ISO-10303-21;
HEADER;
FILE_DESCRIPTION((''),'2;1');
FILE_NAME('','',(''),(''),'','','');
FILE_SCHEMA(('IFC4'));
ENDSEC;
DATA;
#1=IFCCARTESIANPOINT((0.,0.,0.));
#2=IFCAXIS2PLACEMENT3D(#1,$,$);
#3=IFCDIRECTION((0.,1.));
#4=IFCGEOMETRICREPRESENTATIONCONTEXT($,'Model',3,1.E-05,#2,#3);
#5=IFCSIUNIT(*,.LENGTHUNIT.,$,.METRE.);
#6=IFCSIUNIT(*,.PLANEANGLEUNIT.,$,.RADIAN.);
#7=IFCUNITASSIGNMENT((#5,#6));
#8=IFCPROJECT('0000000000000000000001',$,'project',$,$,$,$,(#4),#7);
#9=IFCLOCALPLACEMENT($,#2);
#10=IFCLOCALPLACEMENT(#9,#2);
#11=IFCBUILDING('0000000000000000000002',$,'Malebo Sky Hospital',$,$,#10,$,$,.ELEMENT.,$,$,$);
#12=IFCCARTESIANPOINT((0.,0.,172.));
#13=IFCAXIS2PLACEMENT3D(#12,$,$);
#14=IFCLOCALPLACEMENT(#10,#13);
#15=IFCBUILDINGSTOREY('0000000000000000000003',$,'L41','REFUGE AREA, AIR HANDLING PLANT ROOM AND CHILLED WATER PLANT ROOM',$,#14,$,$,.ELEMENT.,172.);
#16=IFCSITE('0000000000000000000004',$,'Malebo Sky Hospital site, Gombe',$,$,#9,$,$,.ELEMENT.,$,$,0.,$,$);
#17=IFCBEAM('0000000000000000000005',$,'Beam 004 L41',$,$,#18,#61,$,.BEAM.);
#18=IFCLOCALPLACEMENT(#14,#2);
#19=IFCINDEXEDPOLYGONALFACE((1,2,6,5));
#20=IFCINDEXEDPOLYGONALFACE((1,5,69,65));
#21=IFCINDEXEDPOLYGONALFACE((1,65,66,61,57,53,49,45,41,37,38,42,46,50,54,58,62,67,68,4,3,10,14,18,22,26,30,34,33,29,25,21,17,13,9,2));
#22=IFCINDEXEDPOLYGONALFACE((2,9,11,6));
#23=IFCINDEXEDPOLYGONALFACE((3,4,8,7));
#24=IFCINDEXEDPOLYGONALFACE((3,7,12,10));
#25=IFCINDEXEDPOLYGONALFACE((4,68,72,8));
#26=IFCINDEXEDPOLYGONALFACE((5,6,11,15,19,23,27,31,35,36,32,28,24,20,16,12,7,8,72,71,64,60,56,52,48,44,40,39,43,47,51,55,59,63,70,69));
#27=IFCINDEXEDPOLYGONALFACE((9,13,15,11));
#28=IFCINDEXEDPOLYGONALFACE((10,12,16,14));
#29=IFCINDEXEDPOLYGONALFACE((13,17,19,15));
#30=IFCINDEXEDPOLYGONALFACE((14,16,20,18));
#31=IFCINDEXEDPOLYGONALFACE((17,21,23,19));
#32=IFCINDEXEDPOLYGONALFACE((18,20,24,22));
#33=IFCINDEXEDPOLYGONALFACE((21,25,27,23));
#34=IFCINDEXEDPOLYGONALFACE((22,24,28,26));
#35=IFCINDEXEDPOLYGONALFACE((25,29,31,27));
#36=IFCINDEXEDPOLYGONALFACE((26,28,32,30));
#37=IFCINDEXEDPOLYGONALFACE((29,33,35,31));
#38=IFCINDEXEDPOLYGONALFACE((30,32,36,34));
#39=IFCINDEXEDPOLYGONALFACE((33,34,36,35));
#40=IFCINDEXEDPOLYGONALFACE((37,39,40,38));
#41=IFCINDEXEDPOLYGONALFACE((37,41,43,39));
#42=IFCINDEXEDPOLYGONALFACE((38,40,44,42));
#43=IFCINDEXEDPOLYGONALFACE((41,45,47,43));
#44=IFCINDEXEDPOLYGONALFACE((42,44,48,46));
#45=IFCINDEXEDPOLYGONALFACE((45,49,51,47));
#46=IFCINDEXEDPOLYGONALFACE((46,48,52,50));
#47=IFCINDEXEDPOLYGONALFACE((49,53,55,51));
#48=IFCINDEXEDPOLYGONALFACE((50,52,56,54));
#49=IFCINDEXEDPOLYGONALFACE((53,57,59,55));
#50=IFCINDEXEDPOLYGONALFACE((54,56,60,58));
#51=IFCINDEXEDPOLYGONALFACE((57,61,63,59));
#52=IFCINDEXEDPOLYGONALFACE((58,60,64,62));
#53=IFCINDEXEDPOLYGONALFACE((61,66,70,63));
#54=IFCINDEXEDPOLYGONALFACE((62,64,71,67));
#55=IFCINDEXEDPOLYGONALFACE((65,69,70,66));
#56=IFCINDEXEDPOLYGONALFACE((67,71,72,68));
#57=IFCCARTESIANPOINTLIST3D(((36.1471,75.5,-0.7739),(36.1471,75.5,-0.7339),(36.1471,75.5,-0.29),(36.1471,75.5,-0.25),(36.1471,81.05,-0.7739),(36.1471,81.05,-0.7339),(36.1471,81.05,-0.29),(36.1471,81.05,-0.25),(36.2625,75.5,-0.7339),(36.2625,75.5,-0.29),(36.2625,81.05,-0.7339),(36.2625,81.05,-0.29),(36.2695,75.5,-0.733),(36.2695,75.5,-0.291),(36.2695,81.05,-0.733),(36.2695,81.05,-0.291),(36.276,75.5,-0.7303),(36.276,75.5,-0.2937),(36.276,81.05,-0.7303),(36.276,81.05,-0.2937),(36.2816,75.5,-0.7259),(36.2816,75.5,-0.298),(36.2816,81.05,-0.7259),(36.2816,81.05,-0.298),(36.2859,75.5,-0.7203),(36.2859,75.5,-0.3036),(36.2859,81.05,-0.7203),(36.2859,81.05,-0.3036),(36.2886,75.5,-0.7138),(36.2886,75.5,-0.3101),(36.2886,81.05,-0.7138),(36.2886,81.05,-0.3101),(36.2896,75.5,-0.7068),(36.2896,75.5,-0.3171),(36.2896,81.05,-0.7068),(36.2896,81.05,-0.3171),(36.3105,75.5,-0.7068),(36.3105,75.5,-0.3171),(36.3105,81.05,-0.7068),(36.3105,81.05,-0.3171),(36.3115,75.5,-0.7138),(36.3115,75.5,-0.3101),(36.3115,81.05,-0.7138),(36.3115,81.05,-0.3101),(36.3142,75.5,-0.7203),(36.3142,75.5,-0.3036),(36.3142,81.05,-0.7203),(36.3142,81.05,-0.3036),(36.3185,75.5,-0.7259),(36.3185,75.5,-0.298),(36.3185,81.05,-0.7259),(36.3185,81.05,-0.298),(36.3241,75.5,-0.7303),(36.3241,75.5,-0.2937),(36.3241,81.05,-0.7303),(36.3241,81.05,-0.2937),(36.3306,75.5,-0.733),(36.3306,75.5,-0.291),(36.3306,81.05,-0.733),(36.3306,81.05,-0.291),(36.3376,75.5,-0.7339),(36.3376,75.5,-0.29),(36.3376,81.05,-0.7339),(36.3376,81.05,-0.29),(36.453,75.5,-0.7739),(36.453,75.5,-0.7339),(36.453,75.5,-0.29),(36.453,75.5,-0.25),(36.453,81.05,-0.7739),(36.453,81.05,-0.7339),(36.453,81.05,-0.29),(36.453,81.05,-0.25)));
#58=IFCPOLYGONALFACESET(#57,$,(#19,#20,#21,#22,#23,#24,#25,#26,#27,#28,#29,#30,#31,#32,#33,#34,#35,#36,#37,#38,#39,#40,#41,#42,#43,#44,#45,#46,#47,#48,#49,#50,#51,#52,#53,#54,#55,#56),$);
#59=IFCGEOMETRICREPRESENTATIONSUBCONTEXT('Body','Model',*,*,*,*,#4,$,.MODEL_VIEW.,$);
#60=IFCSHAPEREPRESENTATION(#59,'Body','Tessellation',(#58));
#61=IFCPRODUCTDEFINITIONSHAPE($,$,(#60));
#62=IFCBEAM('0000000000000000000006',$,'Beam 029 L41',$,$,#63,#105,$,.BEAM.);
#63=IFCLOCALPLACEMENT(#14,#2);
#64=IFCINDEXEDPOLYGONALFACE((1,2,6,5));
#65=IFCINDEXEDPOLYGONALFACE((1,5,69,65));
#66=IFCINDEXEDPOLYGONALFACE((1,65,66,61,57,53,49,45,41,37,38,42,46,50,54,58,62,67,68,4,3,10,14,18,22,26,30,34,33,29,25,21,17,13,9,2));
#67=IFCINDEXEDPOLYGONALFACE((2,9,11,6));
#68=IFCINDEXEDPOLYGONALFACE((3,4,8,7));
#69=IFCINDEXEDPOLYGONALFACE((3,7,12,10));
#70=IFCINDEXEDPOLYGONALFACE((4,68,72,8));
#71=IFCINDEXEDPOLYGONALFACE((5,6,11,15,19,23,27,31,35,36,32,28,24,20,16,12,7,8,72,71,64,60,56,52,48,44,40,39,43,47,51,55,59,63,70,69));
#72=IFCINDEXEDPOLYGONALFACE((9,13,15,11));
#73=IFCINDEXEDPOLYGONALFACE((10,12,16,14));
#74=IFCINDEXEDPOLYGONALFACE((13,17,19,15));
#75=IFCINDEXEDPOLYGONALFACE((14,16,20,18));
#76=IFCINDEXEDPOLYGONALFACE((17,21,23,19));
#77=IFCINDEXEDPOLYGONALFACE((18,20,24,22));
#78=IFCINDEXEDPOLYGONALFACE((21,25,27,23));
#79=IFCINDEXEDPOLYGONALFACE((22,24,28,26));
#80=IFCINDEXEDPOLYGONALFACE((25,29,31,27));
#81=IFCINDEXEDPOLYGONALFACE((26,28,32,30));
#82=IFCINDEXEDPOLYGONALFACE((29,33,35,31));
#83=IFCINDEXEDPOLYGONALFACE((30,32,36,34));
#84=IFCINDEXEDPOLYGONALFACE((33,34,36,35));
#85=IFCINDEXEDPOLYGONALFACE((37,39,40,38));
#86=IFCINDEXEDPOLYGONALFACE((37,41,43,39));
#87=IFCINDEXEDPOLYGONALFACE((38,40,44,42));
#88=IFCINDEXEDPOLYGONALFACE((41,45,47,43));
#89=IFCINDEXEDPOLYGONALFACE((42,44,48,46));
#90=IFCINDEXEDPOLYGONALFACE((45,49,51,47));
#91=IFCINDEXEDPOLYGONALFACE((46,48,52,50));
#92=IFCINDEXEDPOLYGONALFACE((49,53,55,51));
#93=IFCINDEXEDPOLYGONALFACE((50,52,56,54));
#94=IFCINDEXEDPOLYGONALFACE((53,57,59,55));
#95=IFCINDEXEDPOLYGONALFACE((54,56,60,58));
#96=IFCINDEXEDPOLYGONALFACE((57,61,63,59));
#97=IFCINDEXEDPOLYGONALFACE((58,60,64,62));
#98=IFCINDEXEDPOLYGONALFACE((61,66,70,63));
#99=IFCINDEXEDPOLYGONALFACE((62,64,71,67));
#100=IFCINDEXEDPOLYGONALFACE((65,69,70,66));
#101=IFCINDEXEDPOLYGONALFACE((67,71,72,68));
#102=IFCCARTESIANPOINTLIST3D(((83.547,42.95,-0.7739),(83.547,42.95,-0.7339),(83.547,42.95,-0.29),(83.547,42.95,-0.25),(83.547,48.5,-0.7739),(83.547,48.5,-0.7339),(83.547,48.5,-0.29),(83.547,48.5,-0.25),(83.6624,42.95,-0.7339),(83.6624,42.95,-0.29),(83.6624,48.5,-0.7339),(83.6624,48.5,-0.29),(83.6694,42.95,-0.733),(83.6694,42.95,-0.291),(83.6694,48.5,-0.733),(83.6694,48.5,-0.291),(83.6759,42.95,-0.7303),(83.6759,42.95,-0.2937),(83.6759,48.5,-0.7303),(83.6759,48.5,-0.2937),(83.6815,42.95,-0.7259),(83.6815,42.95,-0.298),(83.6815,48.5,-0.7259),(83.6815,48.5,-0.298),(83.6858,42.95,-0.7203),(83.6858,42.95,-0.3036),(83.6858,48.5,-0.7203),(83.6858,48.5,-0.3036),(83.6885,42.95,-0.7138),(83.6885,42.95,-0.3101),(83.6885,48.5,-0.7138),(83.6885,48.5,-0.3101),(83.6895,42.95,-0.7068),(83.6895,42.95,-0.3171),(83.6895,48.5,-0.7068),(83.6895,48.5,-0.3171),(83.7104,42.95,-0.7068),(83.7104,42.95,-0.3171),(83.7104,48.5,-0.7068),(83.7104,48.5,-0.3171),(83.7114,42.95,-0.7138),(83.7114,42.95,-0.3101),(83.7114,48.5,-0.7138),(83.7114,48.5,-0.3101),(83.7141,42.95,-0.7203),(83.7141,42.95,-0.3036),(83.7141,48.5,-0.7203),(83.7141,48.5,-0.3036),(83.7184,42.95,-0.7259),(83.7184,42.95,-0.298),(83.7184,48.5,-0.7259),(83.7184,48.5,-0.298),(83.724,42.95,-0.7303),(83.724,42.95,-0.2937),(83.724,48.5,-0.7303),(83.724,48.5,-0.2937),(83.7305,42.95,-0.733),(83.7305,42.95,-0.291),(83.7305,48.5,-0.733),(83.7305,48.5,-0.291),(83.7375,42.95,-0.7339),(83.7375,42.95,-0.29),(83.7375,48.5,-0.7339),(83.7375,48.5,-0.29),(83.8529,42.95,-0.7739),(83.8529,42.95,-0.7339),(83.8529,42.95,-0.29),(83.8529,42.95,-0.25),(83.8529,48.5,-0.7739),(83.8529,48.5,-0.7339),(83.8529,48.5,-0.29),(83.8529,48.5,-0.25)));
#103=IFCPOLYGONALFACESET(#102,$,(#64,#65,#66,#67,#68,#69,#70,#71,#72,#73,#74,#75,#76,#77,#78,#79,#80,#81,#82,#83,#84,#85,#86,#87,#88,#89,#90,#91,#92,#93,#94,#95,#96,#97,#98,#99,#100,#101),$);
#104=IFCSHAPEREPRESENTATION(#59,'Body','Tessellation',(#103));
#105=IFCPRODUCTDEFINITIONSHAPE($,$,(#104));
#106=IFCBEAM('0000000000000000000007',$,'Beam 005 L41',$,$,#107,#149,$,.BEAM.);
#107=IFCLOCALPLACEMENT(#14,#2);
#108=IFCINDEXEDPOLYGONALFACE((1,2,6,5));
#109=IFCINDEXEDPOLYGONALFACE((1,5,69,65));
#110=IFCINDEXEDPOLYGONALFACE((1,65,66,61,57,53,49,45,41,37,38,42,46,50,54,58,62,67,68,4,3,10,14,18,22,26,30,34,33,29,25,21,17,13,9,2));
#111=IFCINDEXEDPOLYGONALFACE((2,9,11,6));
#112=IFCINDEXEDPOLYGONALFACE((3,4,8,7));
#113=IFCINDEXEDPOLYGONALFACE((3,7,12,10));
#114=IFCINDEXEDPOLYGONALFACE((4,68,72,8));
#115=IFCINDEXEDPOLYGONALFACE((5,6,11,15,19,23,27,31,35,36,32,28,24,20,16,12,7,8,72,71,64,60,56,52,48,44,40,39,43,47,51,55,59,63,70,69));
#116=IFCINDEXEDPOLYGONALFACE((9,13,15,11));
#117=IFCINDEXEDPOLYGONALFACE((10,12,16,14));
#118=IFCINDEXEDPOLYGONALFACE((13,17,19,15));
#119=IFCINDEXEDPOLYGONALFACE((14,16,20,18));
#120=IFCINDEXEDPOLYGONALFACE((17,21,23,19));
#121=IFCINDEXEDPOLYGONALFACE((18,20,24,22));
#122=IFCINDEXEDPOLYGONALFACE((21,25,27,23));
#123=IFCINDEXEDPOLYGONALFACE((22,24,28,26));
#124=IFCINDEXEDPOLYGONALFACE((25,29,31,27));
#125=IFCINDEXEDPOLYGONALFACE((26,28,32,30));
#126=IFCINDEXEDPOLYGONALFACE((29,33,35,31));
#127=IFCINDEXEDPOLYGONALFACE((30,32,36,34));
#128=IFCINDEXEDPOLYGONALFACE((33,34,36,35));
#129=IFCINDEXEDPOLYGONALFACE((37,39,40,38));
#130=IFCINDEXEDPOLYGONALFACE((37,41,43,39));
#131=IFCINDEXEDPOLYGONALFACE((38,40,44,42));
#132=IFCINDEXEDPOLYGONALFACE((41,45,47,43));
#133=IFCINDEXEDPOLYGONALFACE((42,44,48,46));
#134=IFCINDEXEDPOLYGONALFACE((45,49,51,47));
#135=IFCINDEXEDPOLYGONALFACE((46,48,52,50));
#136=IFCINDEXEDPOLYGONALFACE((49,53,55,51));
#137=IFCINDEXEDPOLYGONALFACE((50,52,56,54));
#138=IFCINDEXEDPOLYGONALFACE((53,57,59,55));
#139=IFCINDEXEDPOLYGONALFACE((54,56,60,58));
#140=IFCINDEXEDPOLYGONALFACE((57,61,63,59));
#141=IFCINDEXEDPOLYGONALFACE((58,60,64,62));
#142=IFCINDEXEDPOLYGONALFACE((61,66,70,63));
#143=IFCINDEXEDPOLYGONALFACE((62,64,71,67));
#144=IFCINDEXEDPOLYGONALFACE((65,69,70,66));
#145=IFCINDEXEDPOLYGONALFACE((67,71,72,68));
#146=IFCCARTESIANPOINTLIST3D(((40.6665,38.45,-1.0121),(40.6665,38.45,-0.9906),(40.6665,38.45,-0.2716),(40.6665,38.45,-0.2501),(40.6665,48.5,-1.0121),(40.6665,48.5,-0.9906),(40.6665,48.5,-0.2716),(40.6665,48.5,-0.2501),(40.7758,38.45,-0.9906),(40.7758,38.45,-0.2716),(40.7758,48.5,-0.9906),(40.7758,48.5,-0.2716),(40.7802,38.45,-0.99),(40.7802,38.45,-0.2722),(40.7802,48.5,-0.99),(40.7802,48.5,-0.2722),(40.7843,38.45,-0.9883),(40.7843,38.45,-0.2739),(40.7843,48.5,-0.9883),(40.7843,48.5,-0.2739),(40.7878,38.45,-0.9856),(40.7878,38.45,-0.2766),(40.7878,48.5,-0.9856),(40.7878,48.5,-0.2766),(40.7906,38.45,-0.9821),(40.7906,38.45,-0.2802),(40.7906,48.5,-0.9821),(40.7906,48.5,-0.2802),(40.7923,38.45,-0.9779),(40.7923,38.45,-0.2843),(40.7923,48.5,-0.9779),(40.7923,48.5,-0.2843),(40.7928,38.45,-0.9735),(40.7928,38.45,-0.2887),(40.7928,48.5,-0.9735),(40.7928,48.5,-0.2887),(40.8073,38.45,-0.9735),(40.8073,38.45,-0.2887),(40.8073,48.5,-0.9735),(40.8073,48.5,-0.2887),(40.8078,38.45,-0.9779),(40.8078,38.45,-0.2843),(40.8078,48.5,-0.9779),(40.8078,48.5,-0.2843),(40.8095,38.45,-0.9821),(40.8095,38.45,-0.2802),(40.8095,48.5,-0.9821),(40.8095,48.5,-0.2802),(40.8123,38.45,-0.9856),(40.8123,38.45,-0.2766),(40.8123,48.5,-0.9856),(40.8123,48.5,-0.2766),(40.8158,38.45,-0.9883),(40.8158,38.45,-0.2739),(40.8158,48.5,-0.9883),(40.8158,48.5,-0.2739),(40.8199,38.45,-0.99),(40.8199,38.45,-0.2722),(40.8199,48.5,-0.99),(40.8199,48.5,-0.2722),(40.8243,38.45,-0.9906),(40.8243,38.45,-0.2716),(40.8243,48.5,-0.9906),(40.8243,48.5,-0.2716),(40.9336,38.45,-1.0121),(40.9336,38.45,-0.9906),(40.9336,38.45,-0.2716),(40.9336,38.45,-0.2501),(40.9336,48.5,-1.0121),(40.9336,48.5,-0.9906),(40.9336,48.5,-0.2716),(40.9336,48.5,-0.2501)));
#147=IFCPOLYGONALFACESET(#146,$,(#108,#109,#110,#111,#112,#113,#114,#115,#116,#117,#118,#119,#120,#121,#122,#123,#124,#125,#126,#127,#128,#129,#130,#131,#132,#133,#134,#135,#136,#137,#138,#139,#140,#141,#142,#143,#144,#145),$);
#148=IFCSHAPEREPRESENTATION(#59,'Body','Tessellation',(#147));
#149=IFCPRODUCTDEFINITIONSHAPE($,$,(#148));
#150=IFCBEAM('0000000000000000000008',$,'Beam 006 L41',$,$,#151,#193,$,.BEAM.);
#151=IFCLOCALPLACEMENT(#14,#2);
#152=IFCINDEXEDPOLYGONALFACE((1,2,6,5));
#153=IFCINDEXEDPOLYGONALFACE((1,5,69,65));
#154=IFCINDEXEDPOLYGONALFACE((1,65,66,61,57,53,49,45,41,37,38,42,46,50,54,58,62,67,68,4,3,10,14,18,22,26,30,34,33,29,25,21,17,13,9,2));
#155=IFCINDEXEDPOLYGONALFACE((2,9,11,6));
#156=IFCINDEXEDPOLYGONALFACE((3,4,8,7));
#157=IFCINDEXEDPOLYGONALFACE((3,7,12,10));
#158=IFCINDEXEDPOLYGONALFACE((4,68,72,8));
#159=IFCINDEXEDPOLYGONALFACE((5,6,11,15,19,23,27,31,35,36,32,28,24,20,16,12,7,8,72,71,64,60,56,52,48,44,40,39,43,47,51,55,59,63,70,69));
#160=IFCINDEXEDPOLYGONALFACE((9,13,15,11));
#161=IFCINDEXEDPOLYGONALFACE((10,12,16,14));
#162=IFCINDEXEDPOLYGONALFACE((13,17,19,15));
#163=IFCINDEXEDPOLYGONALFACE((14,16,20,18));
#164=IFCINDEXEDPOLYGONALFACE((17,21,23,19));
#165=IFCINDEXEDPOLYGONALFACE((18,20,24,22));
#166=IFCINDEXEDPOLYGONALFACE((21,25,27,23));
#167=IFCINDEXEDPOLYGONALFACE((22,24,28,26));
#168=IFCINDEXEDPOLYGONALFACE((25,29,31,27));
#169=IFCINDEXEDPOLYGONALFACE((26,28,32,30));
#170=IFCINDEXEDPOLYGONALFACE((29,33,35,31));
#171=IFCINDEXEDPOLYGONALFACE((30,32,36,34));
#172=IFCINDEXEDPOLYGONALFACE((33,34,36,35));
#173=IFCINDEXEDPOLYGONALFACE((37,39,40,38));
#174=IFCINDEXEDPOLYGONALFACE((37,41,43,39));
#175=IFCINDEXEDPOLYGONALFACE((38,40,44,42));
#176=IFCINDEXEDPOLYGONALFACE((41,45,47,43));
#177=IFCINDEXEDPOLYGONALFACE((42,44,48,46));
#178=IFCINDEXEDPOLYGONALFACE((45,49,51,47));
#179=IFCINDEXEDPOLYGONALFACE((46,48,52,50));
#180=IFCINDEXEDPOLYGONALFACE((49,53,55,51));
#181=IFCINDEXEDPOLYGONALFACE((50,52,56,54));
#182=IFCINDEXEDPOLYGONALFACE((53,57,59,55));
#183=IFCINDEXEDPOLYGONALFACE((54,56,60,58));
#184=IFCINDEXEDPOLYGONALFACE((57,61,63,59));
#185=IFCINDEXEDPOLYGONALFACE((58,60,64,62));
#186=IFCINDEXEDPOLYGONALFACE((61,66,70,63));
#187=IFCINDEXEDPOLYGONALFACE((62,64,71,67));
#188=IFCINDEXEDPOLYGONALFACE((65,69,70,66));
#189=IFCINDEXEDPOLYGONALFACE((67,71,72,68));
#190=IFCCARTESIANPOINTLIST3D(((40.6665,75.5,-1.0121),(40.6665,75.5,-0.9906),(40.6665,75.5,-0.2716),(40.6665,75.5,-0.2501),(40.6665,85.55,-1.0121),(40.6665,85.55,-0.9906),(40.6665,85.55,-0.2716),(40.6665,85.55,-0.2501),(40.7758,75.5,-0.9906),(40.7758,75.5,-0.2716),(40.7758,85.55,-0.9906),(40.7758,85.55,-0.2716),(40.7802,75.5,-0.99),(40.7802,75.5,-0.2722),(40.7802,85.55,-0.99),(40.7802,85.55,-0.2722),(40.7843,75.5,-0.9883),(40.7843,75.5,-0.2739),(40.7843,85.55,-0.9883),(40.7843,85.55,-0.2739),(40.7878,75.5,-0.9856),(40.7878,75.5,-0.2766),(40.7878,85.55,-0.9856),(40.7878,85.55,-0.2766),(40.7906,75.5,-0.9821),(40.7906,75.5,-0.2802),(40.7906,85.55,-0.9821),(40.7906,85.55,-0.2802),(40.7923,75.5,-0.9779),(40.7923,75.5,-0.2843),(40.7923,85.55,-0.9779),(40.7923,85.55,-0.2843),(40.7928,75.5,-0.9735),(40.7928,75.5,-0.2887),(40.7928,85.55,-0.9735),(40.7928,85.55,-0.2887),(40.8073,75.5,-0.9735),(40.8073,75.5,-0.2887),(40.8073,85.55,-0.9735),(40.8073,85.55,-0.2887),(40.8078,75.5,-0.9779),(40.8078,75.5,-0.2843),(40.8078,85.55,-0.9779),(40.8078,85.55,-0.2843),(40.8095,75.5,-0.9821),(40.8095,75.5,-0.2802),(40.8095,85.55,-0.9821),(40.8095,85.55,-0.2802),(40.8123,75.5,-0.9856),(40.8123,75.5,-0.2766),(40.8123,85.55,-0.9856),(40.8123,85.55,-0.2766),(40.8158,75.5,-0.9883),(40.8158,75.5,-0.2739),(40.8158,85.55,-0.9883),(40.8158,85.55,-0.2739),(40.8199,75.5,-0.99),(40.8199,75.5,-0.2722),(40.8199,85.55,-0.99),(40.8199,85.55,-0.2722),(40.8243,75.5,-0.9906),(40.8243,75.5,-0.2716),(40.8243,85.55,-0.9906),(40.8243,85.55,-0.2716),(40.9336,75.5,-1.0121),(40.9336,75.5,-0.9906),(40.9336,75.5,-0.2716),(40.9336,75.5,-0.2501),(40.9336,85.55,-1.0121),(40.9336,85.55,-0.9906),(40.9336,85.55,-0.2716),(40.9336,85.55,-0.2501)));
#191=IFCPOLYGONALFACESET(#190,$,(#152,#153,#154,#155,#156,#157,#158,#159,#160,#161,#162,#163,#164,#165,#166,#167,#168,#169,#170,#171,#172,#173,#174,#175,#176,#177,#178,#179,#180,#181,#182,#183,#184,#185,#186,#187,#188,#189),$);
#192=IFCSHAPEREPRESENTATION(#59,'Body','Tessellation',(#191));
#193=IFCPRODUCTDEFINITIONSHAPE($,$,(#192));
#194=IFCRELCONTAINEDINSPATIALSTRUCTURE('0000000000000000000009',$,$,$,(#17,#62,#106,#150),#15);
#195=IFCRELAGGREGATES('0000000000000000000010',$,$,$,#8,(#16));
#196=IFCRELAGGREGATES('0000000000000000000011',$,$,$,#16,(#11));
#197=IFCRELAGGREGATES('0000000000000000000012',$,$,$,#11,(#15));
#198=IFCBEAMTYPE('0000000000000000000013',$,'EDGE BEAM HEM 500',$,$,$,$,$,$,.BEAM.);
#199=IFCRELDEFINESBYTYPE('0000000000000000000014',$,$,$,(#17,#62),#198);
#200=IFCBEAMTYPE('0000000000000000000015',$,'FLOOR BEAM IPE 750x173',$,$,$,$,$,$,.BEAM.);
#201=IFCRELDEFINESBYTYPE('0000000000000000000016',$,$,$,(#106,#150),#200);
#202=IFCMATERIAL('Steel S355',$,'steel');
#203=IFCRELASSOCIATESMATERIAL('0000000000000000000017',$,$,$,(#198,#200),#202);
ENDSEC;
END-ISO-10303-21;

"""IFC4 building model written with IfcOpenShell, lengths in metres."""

from ifc_helpers import new_model, si_unit, direction, frame, origin, origin_2d, place, context, subcontext, project, spatial, i_section, extrude, material, material_profile, profile_set, type_object, element, save


model = new_model("IFC4")

# Units and contexts
model_context = context("Model", 3, precision=1e-05, world=origin(), true_north=direction((0.0, 1.0)))
body_context = subcontext(model_context, "Body", "Model", "MODEL_VIEW")
ifc_project = project(units=[si_unit("LENGTHUNIT", "METRE"), si_unit("PLANEANGLEUNIT", "RADIAN")], contexts=[model_context])

# Site, building, storey
site_placement = place(None, origin())
site = spatial("IfcSite", under=ifc_project, at=site_placement, Name="Malebo Sky Hospital site, Gombe", CompositionType="ELEMENT", RefElevation=0.0)
building_placement = place(site_placement, origin())
building = spatial("IfcBuilding", under=site, at=building_placement, Name="Malebo Sky Hospital", CompositionType="ELEMENT")
storey_placement = place(building_placement, frame((0.0, 0.0, 172.0)))
storey = spatial("IfcBuildingStorey", under=building, at=storey_placement, Name="L41", Description="REFUGE AREA, AIR HANDLING PLANT ROOM AND CHILLED WATER PLANT ROOM", CompositionType="ELEMENT", Elevation=172.0)

# Beams
ifc_material = material(Name="Steel S355", Category="steel")
ifc_material_profile_1 = material_profile(ifc_material, i_section(OverallWidth=0.3059, OverallDepth=0.5239, WebThickness=0.021, FlangeThickness=0.04, FilletRadius=0.0271, at=origin_2d()), Name="HEM 500")
ifc_profile_set_1 = profile_set([ifc_material_profile_1], Name="Steel S355")
beam_type_1 = type_object("IfcBeamType", Name="EDGE BEAM HEM 500", PredefinedType="BEAM", material=ifc_profile_set_1)
for number, where, z_axis, x_axis, name in (
    (1, (36.3, 75.5, -0.512), (0.0, 1.0, 0.0), (-1.0, 0.0, 0.0), "Beam 004 L41"),
    (2, (83.7, 42.95, -0.512), (0.0, 1.0, 0.0), (-1.0, 0.0, 0.0), "Beam 029 L41"),
):
    element("IfcBeam", number, at=place(storey_placement, frame(where, z_axis=z_axis, x_axis=x_axis)), inside=storey, type_object=beam_type_1, Name=name, PredefinedType="BEAM", context=body_context, shape_type="SweptSolid", body=[
        extrude(i_section(OverallWidth=0.3059, OverallDepth=0.5239, WebThickness=0.021, FlangeThickness=0.04, FilletRadius=0.0271, at=origin_2d()), origin(), (0.0, 0.0, 1.0), 5.55),
    ])
ifc_material_profile_2 = material_profile(ifc_material, i_section(OverallWidth=0.2671, OverallDepth=0.762, WebThickness=0.0144, FlangeThickness=0.0215, FilletRadius=0.0171, at=origin_2d()), Name="IPE 750x173")
ifc_profile_set_2 = profile_set([ifc_material_profile_2], Name="Steel S355")
beam_type_2 = type_object("IfcBeamType", Name="FLOOR BEAM IPE 750x173", PredefinedType="BEAM", material=ifc_profile_set_2)
for number, where, z_axis, x_axis, name in (
    (3, (40.8, 38.45, -0.6311), (0.0, 1.0, 0.0), (-1.0, 0.0, 0.0), "Beam 005 L41"),
    (4, (40.8, 75.5, -0.6311), (0.0, 1.0, 0.0), (-1.0, 0.0, 0.0), "Beam 006 L41"),
):
    element("IfcBeam", number, at=place(storey_placement, frame(where, z_axis=z_axis, x_axis=x_axis)), inside=storey, type_object=beam_type_2, Name=name, PredefinedType="BEAM", context=body_context, shape_type="SweptSolid", body=[
        extrude(i_section(OverallWidth=0.2671, OverallDepth=0.762, WebThickness=0.0144, FlangeThickness=0.0215, FilletRadius=0.0171, at=origin_2d()), origin(), (0.0, 0.0, 1.0), 10.05),
    ])

save(model, "model.ifc")
